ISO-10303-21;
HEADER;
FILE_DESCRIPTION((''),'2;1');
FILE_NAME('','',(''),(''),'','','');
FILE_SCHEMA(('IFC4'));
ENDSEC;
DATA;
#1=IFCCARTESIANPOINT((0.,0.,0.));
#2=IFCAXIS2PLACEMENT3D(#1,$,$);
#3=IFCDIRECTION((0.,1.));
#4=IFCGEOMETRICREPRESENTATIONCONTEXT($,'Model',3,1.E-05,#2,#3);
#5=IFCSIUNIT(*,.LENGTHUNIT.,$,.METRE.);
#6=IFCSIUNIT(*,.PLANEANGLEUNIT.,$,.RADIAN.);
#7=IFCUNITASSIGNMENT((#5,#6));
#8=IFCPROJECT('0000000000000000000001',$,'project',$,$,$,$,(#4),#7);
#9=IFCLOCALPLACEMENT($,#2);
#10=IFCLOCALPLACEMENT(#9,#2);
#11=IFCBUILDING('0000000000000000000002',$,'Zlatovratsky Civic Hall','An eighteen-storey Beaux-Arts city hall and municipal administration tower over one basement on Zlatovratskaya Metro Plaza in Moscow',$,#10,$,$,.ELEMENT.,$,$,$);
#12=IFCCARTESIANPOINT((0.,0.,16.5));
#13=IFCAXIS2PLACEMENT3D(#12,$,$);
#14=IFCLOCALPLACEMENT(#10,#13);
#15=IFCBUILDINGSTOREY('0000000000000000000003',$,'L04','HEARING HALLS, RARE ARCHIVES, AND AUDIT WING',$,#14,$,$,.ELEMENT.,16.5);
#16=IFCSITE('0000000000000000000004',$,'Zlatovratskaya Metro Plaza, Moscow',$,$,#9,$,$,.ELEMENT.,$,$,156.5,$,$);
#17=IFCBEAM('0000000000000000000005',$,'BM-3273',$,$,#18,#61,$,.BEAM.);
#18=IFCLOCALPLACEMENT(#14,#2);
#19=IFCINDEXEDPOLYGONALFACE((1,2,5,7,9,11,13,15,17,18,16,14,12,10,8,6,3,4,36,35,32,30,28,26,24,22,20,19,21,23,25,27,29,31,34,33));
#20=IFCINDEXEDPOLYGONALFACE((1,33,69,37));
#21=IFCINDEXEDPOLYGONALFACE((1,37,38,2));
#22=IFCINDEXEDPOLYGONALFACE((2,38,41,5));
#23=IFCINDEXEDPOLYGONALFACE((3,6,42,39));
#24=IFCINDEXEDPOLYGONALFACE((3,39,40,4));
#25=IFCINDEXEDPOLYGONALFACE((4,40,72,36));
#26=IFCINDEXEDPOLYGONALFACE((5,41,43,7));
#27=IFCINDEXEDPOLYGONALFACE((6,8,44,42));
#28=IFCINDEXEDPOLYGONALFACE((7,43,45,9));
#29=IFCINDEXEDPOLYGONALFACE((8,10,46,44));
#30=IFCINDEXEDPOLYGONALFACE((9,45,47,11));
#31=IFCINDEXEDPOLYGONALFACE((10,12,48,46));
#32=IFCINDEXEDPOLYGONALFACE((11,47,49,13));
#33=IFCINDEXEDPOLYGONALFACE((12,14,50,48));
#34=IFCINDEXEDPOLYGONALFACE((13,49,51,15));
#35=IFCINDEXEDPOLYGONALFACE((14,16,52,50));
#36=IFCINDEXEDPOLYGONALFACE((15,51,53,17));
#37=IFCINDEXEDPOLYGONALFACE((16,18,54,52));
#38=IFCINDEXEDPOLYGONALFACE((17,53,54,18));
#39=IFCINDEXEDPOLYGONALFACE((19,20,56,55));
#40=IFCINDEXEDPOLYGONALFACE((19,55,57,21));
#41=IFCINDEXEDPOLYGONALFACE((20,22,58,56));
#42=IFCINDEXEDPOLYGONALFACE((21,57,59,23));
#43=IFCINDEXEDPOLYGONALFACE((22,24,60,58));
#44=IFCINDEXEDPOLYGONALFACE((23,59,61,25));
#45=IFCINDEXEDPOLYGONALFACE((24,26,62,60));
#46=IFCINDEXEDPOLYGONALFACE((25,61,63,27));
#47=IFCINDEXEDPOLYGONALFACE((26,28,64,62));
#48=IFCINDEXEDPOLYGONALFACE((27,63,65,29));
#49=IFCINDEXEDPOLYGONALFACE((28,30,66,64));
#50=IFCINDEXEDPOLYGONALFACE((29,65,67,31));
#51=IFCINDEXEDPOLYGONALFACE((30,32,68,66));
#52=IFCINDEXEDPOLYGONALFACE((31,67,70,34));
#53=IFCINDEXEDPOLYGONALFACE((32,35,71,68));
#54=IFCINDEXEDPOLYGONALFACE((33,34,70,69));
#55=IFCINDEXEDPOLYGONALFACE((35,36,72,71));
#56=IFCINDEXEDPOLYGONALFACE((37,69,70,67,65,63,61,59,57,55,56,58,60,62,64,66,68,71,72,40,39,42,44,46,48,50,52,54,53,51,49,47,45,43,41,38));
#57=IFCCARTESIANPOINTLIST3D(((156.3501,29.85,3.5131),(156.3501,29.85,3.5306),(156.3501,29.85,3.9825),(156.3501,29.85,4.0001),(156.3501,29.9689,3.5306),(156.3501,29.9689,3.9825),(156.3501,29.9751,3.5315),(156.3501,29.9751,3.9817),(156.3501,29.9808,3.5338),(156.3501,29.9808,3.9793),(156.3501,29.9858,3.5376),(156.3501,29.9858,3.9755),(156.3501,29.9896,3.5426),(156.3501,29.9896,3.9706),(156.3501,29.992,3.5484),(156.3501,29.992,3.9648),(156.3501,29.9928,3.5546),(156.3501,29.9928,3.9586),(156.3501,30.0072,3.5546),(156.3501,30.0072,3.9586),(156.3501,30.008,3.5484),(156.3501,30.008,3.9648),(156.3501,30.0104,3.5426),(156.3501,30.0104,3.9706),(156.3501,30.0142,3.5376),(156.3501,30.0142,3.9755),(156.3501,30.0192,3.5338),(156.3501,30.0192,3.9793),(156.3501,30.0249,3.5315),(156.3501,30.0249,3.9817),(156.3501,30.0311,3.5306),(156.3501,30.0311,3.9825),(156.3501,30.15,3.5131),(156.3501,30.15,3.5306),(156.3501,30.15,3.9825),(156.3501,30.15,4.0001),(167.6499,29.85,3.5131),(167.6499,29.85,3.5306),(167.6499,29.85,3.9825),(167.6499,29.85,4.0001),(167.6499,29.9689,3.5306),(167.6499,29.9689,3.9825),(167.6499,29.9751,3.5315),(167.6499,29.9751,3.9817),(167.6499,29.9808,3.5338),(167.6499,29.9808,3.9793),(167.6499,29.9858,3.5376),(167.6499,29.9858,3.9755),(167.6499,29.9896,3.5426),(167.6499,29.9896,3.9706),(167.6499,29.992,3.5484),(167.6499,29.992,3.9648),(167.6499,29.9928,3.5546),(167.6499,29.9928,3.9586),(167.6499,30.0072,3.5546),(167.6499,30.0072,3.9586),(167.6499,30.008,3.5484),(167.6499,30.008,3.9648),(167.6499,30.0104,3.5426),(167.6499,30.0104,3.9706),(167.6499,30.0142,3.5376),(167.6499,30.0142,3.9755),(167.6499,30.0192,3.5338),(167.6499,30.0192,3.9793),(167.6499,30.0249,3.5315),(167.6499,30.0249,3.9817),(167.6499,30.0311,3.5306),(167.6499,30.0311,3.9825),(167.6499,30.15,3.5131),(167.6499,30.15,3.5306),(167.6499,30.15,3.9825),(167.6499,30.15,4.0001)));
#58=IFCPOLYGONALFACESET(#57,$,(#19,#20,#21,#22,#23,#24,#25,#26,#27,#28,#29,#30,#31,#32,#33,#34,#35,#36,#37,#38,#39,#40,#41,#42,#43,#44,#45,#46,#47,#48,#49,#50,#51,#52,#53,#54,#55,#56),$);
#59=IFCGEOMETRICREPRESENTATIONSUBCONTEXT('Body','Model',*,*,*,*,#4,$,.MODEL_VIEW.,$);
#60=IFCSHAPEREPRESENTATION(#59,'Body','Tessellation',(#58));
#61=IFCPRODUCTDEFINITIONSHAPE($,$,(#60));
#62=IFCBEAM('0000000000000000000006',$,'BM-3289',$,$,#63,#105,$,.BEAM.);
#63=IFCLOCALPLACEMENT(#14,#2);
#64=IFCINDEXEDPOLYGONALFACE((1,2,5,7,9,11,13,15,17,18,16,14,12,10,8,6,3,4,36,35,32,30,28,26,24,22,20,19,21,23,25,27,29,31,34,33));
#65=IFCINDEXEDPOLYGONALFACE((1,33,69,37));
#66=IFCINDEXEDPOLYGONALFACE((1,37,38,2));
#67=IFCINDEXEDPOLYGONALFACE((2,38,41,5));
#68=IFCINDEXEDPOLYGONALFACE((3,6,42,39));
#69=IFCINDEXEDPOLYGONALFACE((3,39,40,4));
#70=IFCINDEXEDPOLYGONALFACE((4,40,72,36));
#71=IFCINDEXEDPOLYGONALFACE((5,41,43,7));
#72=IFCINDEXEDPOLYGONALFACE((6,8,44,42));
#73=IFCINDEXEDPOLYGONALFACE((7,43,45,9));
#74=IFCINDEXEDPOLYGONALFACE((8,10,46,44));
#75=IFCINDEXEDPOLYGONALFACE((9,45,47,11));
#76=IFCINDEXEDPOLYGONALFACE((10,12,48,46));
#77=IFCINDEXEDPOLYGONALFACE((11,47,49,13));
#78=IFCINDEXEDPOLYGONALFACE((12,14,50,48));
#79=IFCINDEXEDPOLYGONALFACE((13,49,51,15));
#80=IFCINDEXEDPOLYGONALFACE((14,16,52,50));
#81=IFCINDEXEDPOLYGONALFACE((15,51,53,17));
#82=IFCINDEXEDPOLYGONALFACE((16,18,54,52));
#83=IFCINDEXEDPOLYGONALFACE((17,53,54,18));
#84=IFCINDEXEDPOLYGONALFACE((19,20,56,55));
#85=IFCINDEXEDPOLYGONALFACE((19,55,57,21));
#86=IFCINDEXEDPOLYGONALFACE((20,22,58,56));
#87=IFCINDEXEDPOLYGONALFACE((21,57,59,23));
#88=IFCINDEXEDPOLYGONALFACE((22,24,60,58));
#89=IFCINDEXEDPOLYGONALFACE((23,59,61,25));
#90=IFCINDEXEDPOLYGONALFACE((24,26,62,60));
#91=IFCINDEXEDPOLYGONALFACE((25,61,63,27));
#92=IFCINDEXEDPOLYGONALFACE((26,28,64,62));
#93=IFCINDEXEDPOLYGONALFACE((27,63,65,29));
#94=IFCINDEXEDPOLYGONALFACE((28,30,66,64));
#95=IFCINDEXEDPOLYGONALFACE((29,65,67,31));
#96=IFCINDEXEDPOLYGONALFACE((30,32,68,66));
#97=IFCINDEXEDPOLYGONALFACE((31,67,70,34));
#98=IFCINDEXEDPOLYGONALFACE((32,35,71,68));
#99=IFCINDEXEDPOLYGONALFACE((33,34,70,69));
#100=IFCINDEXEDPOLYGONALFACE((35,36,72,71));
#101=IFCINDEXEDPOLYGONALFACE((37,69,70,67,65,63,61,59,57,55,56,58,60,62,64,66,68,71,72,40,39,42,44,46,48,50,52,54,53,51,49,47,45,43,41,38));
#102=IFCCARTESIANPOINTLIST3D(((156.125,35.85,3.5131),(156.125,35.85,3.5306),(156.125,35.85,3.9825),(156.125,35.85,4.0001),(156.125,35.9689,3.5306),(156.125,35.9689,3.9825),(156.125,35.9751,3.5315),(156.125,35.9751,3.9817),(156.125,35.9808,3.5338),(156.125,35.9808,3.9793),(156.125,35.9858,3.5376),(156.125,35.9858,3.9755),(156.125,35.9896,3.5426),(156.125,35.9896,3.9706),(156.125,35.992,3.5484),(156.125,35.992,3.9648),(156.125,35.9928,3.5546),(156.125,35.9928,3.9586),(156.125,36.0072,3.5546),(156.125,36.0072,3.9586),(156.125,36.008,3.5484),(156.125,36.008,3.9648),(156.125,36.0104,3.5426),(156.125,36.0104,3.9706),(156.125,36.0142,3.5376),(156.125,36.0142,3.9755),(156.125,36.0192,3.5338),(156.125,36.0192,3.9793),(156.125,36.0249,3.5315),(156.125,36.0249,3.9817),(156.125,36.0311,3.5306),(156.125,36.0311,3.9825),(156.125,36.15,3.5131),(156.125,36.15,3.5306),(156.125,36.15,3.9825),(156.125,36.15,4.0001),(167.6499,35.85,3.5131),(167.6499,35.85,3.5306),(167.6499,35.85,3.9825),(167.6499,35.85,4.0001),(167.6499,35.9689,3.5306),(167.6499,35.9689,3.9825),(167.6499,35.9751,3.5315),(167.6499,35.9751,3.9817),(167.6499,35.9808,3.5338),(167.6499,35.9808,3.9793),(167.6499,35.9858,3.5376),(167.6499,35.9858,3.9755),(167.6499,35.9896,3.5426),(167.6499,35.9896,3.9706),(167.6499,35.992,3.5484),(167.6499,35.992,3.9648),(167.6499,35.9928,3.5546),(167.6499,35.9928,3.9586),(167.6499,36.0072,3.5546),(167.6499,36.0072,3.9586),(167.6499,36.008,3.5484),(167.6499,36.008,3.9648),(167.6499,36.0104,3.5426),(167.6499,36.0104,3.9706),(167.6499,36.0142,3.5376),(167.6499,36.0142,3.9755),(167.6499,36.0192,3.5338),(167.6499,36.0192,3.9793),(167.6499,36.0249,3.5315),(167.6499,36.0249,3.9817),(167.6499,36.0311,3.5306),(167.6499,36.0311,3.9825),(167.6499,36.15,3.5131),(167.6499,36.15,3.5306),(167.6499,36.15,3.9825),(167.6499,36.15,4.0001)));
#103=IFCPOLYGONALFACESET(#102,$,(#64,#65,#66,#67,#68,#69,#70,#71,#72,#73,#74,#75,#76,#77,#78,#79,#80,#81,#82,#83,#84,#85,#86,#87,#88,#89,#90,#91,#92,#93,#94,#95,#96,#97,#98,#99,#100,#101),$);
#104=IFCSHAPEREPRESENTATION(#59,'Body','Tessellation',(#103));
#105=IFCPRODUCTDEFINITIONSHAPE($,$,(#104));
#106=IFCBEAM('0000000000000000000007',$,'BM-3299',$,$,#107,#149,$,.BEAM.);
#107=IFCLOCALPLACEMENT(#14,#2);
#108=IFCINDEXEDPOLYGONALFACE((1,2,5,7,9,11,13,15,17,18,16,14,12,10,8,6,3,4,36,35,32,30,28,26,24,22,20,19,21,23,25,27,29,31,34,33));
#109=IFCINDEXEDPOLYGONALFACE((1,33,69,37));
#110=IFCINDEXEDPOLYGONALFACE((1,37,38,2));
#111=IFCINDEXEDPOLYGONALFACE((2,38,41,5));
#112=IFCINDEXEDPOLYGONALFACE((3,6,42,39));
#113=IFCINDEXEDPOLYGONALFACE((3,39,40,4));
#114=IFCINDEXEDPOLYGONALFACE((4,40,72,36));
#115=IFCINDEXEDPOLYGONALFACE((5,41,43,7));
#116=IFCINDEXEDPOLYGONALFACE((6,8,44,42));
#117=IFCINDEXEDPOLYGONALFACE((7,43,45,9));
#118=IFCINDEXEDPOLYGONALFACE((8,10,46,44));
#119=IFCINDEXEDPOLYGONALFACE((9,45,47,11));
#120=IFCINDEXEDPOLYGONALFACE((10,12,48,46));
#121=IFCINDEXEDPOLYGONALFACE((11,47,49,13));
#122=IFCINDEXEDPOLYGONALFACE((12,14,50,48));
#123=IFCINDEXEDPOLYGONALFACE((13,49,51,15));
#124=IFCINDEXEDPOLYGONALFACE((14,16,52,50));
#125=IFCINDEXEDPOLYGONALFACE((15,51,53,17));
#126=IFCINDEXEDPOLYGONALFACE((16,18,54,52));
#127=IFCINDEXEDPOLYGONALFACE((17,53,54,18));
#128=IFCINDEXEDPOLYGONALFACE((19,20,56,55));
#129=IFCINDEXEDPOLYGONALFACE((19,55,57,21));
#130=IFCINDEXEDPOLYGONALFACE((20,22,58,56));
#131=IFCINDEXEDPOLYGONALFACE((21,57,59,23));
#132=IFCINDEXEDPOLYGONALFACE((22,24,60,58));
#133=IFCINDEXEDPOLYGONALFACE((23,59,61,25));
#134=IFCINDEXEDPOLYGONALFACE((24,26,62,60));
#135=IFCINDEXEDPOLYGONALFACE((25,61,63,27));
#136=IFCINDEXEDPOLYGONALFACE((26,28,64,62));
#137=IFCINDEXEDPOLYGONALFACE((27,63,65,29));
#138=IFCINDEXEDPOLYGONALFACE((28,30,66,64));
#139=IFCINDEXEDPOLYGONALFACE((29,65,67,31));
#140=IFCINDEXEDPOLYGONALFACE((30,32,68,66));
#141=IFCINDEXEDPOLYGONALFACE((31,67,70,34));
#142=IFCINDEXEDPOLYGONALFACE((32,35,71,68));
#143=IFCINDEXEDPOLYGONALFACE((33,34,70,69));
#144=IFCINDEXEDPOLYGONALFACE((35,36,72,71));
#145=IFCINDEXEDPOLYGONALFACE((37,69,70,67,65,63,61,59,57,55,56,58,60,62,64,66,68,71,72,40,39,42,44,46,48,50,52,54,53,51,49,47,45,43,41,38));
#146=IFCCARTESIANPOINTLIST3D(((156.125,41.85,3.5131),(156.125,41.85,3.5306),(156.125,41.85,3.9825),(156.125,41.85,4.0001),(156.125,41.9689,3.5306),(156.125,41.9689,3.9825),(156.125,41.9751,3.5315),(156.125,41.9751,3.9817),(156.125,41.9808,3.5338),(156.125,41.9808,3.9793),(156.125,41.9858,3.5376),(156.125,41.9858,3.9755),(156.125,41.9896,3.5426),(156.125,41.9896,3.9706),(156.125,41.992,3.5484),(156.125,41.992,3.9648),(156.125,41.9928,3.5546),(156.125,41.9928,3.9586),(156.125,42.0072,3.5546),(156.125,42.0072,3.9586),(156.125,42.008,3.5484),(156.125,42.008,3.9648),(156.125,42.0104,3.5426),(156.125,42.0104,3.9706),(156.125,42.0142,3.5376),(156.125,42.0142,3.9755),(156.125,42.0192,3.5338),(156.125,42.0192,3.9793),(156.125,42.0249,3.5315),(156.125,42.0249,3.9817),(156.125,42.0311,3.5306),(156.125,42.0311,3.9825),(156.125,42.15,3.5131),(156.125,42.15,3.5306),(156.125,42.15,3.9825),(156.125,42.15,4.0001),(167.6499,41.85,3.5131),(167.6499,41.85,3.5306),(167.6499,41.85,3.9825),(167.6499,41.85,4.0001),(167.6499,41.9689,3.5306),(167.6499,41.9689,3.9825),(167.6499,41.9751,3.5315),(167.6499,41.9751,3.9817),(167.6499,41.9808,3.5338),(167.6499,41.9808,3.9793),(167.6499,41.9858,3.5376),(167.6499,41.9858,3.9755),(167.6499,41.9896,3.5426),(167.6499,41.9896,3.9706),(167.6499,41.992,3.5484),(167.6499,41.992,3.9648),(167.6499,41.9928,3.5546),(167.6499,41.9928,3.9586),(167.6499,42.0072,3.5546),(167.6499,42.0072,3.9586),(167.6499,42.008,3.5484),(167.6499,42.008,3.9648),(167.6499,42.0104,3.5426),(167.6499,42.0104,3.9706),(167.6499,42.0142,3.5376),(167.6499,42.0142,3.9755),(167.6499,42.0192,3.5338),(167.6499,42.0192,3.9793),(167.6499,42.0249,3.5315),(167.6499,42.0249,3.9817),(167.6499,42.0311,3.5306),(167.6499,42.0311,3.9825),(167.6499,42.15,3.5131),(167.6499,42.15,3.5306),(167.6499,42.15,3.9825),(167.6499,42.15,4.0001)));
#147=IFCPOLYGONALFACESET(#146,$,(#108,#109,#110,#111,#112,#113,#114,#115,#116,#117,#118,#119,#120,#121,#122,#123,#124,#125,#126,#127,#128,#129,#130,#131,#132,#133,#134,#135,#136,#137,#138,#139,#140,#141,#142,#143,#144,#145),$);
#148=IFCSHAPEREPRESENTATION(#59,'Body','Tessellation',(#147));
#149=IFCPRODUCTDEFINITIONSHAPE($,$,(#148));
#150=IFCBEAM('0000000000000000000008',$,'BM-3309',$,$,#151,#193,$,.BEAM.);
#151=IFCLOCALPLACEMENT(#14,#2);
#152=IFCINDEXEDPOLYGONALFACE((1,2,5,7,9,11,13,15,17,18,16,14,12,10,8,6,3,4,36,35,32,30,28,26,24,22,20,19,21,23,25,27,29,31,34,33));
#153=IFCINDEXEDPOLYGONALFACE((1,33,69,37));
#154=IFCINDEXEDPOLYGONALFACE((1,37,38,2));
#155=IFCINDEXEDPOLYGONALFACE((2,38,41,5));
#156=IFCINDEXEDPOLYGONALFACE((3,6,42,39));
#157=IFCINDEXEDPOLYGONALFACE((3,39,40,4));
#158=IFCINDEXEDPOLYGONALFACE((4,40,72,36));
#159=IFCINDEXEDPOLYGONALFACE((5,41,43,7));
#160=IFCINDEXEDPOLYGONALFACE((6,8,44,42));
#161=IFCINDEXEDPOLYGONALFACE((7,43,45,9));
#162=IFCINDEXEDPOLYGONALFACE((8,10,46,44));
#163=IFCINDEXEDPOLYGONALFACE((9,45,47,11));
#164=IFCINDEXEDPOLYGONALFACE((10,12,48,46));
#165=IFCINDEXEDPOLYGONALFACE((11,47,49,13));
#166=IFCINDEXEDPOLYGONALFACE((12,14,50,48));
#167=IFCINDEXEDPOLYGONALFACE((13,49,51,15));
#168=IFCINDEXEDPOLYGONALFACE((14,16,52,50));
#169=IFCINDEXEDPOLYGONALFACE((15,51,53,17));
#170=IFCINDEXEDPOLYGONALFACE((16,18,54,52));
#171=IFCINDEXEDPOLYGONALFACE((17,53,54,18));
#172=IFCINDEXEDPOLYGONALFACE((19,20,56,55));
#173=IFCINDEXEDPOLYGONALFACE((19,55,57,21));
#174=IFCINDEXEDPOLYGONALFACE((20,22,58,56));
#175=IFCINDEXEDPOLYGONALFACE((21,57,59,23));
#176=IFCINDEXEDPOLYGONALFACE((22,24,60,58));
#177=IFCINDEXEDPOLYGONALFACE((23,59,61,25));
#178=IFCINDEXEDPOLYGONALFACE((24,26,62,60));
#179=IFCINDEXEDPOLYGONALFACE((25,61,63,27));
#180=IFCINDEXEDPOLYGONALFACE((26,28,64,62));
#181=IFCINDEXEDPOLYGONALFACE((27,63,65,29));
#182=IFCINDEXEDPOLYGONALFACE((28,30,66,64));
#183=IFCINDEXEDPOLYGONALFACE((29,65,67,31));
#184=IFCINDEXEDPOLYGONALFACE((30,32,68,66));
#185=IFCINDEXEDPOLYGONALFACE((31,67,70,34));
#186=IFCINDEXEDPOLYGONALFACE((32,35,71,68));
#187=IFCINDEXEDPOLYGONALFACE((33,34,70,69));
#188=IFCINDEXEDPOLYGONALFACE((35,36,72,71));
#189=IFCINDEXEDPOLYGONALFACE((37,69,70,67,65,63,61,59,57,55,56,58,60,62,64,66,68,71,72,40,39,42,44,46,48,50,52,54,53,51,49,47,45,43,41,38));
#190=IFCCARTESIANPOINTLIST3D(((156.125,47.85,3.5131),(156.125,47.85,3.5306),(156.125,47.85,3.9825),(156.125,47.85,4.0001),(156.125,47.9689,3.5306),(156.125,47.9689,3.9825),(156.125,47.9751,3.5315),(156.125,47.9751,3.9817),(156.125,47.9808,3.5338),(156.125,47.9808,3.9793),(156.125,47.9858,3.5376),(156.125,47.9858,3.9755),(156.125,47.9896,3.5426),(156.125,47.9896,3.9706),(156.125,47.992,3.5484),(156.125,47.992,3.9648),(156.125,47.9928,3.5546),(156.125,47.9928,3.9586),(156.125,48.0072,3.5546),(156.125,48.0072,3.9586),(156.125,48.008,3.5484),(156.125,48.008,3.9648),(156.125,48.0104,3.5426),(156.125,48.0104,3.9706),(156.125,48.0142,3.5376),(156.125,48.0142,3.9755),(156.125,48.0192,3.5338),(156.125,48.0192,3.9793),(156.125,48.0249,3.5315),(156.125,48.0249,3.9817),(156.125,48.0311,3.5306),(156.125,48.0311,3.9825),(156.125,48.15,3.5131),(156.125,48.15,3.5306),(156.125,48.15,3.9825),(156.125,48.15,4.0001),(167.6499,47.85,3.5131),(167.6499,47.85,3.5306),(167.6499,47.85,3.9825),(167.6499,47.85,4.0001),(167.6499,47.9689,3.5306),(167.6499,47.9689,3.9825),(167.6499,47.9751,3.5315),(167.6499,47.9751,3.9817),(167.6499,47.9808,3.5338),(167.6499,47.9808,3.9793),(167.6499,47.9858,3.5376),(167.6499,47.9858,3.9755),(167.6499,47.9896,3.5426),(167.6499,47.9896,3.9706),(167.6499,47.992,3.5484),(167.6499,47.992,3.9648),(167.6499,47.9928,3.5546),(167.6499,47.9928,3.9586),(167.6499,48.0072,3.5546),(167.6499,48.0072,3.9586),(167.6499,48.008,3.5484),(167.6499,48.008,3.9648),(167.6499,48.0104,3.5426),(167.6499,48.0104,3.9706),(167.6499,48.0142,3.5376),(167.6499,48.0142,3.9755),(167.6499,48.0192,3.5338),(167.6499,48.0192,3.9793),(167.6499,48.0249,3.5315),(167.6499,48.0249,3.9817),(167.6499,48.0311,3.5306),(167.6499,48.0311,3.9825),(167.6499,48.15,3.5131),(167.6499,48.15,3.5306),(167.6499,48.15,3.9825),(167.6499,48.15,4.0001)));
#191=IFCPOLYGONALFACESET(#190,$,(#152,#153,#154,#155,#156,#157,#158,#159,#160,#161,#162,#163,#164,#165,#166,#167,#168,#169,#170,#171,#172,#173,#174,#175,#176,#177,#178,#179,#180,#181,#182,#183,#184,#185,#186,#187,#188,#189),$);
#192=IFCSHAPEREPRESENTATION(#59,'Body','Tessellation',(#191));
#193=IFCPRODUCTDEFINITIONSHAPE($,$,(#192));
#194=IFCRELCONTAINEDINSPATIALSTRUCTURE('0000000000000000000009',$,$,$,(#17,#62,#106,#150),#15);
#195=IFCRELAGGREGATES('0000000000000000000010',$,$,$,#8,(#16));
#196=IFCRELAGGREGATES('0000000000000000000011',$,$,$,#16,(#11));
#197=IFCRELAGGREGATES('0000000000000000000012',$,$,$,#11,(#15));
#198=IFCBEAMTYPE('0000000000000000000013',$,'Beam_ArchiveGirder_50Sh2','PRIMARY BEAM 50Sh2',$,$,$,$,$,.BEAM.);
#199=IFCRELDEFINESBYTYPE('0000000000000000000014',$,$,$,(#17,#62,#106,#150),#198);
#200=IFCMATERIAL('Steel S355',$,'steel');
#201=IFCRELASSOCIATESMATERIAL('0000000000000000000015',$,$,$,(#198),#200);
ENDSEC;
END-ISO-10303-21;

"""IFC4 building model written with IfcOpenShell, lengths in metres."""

from ifc_helpers import new_model, si_unit, direction, frame, origin, origin_2d, place, context, subcontext, project, spatial, i_section, extrude, material, material_profile, profile_set, type_object, element, save


model = new_model("IFC4")

# Units and contexts
model_context = context("Model", 3, precision=1e-05, world=origin(), true_north=direction((0.0, 1.0)))
body_context = subcontext(model_context, "Body", "Model", "MODEL_VIEW")
ifc_project = project(units=[si_unit("LENGTHUNIT", "METRE"), si_unit("PLANEANGLEUNIT", "RADIAN")], contexts=[model_context])

# Site, building, storey
site_placement = place(None, origin())
site = spatial("IfcSite", under=ifc_project, at=site_placement, Name="Zlatovratskaya Metro Plaza, Moscow", CompositionType="ELEMENT", RefElevation=156.5)
building_placement = place(site_placement, origin())
building = spatial("IfcBuilding", under=site, at=building_placement, Name="Zlatovratsky Civic Hall", Description="An eighteen-storey Beaux-Arts city hall and municipal administration tower over one basement on Zlatovratskaya Metro Plaza in Moscow", CompositionType="ELEMENT")
storey_placement = place(building_placement, frame((0.0, 0.0, 16.5)))
storey = spatial("IfcBuildingStorey", under=building, at=storey_placement, Name="L04", Description="HEARING HALLS, RARE ARCHIVES, AND AUDIT WING", CompositionType="ELEMENT", Elevation=16.5)

# Shared definitions
ifc_material_1 = material(Name="Steel S355", Category="steel")

# Beams
ifc_material_profile_1 = material_profile(ifc_material_1, i_section(OverallWidth=0.3, OverallDepth=0.4871, WebThickness=0.0144, FlangeThickness=0.0176, FilletRadius=0.0239, at=origin_2d()), Name="50Sh2")
ifc_profile_set_1 = profile_set([ifc_material_profile_1], Name="Steel S355")
beam_type_1 = type_object("IfcBeamType", Name="Beam_ArchiveGirder_50Sh2", Description="PRIMARY BEAM 50Sh2", PredefinedType="BEAM", material=ifc_profile_set_1)
beam_1_placement = place(storey_placement, frame((156.3501, 30.0, 3.7566), z_axis=(1.0, 0.0, 0.0), x_axis=(0.0, 1.0, 0.0)))
element("IfcBeam", 1, at=beam_1_placement, inside=storey, type_object=beam_type_1, Name="BM-3273", PredefinedType="BEAM", context=body_context, shape_type="SweptSolid", body=[
    extrude(i_section(OverallWidth=0.3, OverallDepth=0.4871, WebThickness=0.0144, FlangeThickness=0.0176, FilletRadius=0.0239, at=origin_2d()), origin(), (0.0, 0.0, 1.0), 11.2998),
])
for number, where, z_axis, x_axis, name in (
    (2, (156.125, 36.0, 3.7566), (1.0, 0.0, 0.0), (0.0, 1.0, 0.0), "BM-3289"),
    (3, (156.125, 42.0, 3.7566), (1.0, 0.0, 0.0), (0.0, 1.0, 0.0), "BM-3299"),
    (4, (156.125, 48.0, 3.7566), (1.0, 0.0, 0.0), (0.0, 1.0, 0.0), "BM-3309"),
):
    element("IfcBeam", number, at=place(storey_placement, frame(where, z_axis=z_axis, x_axis=x_axis)), inside=storey, type_object=beam_type_1, Name=name, PredefinedType="BEAM", context=body_context, shape_type="SweptSolid", body=[
        extrude(i_section(OverallWidth=0.3, OverallDepth=0.4871, WebThickness=0.0144, FlangeThickness=0.0176, FilletRadius=0.0239, at=origin_2d()), origin(), (0.0, 0.0, 1.0), 11.5249),
    ])

save(model, "model.ifc")
